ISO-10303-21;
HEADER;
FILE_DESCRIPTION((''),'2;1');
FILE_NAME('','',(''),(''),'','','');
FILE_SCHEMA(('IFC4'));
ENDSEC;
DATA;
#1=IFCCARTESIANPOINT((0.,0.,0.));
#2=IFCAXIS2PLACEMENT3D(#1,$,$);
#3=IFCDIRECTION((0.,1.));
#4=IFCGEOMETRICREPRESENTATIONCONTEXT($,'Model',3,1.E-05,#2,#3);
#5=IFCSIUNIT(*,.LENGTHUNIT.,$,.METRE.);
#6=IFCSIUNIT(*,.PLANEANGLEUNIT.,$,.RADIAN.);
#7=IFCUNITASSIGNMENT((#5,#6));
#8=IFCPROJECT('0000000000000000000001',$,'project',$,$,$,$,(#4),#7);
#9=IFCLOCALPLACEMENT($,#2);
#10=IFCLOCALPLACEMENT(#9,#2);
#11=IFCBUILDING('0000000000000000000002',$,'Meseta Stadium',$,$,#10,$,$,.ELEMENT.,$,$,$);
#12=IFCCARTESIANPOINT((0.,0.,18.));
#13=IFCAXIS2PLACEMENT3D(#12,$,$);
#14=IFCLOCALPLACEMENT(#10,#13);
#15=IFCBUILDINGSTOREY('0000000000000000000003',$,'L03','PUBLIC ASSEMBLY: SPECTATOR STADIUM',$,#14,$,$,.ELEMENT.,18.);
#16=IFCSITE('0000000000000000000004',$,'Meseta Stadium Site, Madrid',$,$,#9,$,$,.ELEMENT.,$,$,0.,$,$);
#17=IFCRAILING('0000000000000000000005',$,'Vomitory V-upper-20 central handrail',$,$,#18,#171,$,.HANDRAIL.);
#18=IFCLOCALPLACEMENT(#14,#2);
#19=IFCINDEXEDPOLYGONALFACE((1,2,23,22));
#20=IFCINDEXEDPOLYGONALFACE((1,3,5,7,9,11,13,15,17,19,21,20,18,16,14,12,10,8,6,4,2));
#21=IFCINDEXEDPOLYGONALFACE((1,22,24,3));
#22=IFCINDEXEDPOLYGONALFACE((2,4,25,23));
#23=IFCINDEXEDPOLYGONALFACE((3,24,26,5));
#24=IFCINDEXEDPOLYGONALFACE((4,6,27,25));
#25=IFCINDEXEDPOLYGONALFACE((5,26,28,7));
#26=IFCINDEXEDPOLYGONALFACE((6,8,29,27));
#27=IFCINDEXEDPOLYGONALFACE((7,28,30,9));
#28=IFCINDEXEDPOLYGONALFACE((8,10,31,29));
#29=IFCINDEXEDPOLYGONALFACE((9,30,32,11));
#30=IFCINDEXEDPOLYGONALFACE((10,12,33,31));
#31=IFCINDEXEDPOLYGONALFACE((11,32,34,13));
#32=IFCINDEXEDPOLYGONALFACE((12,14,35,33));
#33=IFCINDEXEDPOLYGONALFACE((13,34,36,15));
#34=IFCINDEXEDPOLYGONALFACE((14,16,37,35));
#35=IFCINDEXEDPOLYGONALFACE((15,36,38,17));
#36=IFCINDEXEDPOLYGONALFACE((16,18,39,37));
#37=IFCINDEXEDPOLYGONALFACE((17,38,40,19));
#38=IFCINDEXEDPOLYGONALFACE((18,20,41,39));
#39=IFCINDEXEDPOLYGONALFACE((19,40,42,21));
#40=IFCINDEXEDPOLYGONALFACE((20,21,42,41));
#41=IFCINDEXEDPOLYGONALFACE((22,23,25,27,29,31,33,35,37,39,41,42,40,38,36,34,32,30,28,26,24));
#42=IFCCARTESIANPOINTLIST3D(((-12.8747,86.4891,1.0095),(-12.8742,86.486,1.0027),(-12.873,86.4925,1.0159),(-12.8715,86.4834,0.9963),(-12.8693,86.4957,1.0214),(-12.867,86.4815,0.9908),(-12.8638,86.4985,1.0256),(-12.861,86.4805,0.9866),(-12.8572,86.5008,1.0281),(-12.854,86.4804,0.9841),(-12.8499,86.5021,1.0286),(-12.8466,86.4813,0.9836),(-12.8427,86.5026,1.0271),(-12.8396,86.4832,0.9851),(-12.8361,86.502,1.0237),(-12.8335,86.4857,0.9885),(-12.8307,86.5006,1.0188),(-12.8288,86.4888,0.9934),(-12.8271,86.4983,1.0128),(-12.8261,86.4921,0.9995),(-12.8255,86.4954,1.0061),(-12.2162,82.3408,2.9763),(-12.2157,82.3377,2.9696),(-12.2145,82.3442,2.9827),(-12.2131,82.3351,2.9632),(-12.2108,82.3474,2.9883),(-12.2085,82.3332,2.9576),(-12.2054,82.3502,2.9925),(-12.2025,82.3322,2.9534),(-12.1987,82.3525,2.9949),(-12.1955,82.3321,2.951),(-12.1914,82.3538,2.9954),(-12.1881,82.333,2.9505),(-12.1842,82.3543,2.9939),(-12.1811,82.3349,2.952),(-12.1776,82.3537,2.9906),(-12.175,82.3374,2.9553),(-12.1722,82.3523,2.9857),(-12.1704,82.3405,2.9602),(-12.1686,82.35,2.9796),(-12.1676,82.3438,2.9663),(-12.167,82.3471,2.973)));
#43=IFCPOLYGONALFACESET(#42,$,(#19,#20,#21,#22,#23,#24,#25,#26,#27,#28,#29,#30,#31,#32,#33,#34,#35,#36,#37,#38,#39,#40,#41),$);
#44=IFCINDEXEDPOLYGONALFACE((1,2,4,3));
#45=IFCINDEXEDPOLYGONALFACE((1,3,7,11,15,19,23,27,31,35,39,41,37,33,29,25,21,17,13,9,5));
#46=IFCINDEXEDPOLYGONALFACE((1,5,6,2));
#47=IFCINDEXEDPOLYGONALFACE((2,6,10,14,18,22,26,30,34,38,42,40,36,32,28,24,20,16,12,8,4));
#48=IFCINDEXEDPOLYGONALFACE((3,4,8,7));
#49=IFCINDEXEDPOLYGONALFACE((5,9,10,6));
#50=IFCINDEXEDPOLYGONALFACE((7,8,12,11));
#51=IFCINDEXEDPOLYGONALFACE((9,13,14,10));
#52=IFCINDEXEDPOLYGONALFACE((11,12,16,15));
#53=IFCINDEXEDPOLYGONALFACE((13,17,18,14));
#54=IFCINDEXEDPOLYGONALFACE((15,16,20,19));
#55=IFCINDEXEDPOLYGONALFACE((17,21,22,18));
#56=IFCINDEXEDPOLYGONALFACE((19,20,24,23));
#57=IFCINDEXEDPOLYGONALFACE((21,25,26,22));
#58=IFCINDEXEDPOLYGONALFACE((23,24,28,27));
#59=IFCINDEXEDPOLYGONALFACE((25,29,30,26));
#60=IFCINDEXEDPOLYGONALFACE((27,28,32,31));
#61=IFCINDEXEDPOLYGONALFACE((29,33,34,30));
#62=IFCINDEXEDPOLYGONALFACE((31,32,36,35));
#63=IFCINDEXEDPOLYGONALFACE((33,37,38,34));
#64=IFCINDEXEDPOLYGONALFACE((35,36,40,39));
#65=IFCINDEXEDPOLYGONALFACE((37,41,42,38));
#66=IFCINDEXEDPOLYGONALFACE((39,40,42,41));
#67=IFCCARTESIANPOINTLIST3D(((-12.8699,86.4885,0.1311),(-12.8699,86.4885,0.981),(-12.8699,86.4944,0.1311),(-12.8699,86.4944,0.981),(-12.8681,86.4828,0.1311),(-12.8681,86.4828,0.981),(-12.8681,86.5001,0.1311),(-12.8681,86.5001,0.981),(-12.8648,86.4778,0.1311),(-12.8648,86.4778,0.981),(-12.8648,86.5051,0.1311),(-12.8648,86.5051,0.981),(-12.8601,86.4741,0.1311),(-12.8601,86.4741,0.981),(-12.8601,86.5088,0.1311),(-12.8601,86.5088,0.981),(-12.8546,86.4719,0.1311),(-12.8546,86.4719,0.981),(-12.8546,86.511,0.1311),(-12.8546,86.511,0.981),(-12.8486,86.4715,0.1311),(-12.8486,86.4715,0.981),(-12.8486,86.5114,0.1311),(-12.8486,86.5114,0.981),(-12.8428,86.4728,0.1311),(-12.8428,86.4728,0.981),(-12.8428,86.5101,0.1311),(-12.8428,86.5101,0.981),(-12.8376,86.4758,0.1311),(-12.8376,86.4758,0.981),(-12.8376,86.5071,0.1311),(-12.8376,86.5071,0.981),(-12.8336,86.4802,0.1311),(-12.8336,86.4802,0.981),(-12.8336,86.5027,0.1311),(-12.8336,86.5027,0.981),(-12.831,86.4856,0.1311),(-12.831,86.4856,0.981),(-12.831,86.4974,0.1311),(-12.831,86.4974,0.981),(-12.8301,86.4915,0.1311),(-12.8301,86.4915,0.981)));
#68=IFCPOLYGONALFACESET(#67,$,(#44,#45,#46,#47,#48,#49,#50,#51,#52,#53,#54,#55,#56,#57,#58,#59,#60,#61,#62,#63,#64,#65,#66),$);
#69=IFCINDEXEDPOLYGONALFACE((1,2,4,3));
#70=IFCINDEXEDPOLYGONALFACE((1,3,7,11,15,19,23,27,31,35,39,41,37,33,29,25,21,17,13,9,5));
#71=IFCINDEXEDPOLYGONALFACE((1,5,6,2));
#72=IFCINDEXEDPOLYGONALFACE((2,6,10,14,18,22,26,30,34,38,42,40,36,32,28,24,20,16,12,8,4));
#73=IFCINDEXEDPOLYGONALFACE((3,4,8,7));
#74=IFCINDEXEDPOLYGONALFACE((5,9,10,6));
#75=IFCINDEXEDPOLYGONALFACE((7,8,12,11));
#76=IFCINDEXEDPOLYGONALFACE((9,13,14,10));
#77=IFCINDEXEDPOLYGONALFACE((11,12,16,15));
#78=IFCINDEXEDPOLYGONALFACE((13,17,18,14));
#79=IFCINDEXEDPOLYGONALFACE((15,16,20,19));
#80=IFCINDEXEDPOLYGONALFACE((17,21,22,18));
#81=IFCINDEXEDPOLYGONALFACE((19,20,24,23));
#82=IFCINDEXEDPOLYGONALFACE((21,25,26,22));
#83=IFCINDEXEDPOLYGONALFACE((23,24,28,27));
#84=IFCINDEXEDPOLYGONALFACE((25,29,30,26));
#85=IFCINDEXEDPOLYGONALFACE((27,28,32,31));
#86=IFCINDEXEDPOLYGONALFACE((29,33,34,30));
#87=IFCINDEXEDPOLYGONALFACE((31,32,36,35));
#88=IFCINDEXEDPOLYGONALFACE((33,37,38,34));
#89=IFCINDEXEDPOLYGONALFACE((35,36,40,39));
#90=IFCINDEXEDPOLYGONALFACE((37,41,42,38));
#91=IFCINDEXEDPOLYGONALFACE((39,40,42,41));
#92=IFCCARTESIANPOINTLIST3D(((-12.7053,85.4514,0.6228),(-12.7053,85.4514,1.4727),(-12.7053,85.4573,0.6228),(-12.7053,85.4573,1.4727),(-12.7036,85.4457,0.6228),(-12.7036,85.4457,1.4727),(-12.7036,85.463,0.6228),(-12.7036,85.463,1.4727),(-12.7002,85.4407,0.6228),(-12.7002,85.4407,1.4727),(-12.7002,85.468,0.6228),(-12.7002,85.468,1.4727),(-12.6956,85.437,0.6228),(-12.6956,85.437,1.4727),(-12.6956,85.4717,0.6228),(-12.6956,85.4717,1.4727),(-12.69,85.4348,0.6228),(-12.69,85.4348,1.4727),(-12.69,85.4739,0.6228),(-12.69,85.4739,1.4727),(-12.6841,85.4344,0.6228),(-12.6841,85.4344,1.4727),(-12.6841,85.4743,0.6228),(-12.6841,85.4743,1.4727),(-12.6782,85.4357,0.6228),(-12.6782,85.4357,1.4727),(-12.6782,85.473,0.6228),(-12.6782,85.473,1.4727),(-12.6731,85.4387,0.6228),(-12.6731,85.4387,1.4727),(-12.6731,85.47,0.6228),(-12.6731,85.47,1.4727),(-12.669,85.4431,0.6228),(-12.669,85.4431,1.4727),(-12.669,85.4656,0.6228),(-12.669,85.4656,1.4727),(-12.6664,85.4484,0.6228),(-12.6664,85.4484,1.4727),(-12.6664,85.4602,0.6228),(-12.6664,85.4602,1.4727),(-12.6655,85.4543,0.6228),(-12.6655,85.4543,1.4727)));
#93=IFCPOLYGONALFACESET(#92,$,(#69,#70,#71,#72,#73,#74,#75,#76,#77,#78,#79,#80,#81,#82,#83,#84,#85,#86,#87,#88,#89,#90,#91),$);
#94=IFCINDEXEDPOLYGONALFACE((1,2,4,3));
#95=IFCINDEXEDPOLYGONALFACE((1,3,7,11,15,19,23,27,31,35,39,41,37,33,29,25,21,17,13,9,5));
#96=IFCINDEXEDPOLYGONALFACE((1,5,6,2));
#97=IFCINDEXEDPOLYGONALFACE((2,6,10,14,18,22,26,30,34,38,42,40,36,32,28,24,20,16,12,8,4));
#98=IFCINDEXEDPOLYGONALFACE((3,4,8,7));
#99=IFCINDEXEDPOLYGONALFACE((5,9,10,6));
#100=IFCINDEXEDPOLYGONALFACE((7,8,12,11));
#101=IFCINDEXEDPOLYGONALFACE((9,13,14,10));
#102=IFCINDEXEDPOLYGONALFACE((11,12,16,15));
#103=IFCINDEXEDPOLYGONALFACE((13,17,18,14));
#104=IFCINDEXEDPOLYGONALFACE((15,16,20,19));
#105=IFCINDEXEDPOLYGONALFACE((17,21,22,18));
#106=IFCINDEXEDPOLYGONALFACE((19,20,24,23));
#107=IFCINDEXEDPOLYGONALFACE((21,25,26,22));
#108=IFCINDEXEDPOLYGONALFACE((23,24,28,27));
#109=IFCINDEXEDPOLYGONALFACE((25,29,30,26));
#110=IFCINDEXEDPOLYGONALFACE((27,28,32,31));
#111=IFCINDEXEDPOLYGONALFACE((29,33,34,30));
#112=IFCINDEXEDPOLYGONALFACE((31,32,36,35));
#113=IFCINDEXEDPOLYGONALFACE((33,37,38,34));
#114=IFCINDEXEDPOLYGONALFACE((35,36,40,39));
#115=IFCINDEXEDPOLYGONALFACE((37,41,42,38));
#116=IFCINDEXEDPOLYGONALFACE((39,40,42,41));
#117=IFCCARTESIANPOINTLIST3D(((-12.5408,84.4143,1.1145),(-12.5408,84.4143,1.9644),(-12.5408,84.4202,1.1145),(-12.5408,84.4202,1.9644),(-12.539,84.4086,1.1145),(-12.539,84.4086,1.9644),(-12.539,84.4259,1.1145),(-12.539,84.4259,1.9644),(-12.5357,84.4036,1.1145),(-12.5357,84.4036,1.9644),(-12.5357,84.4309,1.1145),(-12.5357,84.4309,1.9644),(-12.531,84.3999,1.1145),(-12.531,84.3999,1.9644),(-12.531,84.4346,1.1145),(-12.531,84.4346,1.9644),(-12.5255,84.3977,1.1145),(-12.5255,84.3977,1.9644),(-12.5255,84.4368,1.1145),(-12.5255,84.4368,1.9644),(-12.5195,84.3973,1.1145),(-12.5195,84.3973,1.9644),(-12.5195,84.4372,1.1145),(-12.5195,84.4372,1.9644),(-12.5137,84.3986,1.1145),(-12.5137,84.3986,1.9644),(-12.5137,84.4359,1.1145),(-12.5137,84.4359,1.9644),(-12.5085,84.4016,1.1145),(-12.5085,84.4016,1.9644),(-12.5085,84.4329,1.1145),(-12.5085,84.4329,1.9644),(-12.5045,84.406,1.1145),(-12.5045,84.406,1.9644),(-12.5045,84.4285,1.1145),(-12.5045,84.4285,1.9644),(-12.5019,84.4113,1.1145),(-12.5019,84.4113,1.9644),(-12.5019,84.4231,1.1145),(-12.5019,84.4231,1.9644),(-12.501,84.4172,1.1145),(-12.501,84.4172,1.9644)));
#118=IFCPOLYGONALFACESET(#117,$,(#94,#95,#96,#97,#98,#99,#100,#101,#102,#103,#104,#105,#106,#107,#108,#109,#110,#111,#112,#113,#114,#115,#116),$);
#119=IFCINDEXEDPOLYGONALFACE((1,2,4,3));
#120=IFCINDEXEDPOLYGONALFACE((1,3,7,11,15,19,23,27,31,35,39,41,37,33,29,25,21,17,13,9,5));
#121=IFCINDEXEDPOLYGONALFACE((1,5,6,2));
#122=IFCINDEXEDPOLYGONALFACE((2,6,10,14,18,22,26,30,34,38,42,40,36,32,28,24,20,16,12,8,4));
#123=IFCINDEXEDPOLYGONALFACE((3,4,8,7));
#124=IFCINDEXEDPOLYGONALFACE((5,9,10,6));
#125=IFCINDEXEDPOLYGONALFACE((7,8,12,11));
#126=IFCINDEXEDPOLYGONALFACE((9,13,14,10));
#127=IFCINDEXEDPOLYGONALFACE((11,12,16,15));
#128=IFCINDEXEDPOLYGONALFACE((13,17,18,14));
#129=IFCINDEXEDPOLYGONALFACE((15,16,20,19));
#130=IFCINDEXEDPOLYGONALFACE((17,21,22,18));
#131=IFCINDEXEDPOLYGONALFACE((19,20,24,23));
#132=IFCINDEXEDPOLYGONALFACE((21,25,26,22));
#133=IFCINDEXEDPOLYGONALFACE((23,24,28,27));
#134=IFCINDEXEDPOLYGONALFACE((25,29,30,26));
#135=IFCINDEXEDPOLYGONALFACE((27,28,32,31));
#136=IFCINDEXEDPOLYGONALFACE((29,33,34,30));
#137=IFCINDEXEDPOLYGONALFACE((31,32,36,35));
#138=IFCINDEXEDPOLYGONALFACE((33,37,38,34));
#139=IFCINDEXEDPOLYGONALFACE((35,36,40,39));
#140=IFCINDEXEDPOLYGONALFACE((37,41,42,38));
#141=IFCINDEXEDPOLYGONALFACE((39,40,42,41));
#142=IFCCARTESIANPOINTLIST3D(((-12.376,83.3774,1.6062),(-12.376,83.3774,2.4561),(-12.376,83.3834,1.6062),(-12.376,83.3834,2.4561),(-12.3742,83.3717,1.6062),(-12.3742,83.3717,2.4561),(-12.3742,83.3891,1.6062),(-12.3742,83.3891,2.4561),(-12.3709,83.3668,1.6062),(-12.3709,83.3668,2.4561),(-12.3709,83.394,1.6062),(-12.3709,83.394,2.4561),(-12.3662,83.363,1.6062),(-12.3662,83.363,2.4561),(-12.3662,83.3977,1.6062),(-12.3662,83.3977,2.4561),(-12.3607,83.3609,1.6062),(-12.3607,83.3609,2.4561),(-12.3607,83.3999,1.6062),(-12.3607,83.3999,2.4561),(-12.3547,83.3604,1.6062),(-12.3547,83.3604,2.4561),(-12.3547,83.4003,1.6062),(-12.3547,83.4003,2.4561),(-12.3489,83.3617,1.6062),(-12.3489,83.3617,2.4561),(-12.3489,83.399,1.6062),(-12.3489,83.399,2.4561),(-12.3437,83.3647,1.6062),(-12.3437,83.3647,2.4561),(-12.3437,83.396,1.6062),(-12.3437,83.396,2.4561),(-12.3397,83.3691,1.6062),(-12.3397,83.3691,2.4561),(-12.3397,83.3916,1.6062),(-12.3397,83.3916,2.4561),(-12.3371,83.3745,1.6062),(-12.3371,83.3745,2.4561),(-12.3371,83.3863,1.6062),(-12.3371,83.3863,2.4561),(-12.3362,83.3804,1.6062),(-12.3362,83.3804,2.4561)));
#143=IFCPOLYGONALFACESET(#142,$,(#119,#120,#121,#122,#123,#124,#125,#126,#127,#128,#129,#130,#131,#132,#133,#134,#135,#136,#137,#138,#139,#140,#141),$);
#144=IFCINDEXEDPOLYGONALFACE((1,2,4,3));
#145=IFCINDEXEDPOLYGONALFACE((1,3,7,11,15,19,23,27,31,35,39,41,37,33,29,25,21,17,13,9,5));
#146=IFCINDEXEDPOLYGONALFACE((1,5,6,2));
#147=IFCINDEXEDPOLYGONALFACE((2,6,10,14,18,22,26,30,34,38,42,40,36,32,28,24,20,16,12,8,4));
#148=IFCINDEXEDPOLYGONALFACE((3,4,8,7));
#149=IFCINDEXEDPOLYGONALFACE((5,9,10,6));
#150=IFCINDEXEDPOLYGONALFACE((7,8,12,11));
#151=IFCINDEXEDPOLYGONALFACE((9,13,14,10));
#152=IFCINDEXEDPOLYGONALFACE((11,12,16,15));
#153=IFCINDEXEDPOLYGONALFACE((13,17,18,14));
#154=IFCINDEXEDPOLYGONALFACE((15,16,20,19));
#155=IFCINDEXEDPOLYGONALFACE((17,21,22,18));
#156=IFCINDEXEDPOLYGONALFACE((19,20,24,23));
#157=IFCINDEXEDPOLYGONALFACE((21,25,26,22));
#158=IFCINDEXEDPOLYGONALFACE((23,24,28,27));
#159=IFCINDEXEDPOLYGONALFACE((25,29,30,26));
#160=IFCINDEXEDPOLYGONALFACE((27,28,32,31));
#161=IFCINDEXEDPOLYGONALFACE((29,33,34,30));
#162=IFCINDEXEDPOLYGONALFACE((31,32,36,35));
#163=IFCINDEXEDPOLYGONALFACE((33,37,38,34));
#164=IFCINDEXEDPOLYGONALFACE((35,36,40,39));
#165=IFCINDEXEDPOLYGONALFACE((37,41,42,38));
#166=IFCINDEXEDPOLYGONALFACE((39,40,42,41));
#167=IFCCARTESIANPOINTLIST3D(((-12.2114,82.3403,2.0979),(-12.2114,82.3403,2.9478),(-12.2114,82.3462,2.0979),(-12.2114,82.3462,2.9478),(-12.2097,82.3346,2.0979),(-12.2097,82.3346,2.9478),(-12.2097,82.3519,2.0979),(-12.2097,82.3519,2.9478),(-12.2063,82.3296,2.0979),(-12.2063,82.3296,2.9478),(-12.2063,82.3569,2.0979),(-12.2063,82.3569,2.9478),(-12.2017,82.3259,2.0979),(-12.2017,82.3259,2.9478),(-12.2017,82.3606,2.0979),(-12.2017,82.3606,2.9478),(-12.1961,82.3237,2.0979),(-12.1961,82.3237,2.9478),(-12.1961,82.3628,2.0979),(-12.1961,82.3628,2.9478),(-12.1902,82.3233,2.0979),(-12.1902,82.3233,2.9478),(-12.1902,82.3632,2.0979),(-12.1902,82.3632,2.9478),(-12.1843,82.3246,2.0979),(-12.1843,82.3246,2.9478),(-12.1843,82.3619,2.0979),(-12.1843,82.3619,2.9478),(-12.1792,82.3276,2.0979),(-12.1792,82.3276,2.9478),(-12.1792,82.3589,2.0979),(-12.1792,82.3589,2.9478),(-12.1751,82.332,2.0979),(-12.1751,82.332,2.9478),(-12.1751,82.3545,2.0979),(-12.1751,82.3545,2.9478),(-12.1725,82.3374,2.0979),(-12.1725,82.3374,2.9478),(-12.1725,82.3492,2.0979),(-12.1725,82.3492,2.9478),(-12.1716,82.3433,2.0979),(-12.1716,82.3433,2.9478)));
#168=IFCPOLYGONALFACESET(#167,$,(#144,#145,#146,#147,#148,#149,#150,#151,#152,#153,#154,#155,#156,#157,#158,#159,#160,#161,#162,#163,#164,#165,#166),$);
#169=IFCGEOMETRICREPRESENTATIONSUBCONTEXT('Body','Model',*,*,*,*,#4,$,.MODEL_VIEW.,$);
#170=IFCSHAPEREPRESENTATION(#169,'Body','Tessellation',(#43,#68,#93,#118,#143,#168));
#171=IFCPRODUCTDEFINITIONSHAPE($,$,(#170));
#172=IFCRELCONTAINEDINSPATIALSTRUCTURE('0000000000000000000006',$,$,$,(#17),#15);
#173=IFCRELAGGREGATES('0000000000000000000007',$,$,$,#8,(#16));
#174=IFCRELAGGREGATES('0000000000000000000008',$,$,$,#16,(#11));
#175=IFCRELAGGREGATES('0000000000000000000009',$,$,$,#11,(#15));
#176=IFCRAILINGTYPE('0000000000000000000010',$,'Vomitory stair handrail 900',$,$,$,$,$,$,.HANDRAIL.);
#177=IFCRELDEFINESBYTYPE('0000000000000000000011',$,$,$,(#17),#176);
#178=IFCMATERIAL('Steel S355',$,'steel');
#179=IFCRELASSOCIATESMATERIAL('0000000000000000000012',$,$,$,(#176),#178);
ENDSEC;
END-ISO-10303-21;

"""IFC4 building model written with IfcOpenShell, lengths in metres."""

from ifc_helpers import new_model, si_unit, direction, frame, origin, origin_2d, place, context, subcontext, project, spatial, circle, extrude, material, type_object, element, save


model = new_model("IFC4")

# Units and contexts
model_context = context("Model", 3, precision=1e-05, world=origin(), true_north=direction((0.0, 1.0)))
body_context = subcontext(model_context, "Body", "Model", "MODEL_VIEW")
ifc_project = project(units=[si_unit("LENGTHUNIT", "METRE"), si_unit("PLANEANGLEUNIT", "RADIAN")], contexts=[model_context])

# Site, building, storey
site_placement = place(None, origin())
site = spatial("IfcSite", under=ifc_project, at=site_placement, Name="Meseta Stadium Site, Madrid", CompositionType="ELEMENT", RefElevation=0.0)
building_placement = place(site_placement, origin())
building = spatial("IfcBuilding", under=site, at=building_placement, Name="Meseta Stadium", CompositionType="ELEMENT")
storey_placement = place(building_placement, frame((0.0, 0.0, 18.0)))
storey = spatial("IfcBuildingStorey", under=building, at=storey_placement, Name="L03", Description="PUBLIC ASSEMBLY: SPECTATOR STADIUM", CompositionType="ELEMENT", Elevation=18.0)

# Railing
ifc_material_1 = material(Name="Steel S355", Category="steel")
railing_type_1 = type_object("IfcRailingType", Name="Vomitory stair handrail 900", PredefinedType="HANDRAIL", material=ifc_material_1)
railing_1_placement = place(storey_placement, frame((-12.8501, 86.4915, 0.1311)))
element("IfcRailing", 1, at=railing_1_placement, inside=storey, type_object=railing_type_1, Name="Vomitory V-upper-20 central handrail", PredefinedType="HANDRAIL", context=body_context, shape_type="SweptSolid", body=[
    extrude(circle(Radius=0.0249, at=origin_2d()), frame((0.0, 0.0, 0.875), z_axis=(0.141974, -0.894428, 0.424078), x_axis=(0.987635, 0.156768, 0.0)), (0.0, 0.0, 1.0), 4.6379),
    extrude(circle(Radius=0.02, at=origin_2d()), origin(), (0.0, 0.0, 1.0), 0.8499),
    extrude(circle(Radius=0.02, at=origin_2d()), frame((0.1646, -1.0371, 0.4917)), (0.0, 0.0, 1.0), 0.8499),
    extrude(circle(Radius=0.02, at=origin_2d()), frame((0.3291, -2.0742, 0.9834)), (0.0, 0.0, 1.0), 0.8499),
    extrude(circle(Radius=0.02, at=origin_2d()), frame((0.4939, -3.1111, 1.4751)), (0.0, 0.0, 1.0), 0.8499),
    extrude(circle(Radius=0.02, at=origin_2d()), frame((0.6584, -4.1482, 1.9668)), (0.0, 0.0, 1.0), 0.8499),
])

save(model, "model.ifc")
